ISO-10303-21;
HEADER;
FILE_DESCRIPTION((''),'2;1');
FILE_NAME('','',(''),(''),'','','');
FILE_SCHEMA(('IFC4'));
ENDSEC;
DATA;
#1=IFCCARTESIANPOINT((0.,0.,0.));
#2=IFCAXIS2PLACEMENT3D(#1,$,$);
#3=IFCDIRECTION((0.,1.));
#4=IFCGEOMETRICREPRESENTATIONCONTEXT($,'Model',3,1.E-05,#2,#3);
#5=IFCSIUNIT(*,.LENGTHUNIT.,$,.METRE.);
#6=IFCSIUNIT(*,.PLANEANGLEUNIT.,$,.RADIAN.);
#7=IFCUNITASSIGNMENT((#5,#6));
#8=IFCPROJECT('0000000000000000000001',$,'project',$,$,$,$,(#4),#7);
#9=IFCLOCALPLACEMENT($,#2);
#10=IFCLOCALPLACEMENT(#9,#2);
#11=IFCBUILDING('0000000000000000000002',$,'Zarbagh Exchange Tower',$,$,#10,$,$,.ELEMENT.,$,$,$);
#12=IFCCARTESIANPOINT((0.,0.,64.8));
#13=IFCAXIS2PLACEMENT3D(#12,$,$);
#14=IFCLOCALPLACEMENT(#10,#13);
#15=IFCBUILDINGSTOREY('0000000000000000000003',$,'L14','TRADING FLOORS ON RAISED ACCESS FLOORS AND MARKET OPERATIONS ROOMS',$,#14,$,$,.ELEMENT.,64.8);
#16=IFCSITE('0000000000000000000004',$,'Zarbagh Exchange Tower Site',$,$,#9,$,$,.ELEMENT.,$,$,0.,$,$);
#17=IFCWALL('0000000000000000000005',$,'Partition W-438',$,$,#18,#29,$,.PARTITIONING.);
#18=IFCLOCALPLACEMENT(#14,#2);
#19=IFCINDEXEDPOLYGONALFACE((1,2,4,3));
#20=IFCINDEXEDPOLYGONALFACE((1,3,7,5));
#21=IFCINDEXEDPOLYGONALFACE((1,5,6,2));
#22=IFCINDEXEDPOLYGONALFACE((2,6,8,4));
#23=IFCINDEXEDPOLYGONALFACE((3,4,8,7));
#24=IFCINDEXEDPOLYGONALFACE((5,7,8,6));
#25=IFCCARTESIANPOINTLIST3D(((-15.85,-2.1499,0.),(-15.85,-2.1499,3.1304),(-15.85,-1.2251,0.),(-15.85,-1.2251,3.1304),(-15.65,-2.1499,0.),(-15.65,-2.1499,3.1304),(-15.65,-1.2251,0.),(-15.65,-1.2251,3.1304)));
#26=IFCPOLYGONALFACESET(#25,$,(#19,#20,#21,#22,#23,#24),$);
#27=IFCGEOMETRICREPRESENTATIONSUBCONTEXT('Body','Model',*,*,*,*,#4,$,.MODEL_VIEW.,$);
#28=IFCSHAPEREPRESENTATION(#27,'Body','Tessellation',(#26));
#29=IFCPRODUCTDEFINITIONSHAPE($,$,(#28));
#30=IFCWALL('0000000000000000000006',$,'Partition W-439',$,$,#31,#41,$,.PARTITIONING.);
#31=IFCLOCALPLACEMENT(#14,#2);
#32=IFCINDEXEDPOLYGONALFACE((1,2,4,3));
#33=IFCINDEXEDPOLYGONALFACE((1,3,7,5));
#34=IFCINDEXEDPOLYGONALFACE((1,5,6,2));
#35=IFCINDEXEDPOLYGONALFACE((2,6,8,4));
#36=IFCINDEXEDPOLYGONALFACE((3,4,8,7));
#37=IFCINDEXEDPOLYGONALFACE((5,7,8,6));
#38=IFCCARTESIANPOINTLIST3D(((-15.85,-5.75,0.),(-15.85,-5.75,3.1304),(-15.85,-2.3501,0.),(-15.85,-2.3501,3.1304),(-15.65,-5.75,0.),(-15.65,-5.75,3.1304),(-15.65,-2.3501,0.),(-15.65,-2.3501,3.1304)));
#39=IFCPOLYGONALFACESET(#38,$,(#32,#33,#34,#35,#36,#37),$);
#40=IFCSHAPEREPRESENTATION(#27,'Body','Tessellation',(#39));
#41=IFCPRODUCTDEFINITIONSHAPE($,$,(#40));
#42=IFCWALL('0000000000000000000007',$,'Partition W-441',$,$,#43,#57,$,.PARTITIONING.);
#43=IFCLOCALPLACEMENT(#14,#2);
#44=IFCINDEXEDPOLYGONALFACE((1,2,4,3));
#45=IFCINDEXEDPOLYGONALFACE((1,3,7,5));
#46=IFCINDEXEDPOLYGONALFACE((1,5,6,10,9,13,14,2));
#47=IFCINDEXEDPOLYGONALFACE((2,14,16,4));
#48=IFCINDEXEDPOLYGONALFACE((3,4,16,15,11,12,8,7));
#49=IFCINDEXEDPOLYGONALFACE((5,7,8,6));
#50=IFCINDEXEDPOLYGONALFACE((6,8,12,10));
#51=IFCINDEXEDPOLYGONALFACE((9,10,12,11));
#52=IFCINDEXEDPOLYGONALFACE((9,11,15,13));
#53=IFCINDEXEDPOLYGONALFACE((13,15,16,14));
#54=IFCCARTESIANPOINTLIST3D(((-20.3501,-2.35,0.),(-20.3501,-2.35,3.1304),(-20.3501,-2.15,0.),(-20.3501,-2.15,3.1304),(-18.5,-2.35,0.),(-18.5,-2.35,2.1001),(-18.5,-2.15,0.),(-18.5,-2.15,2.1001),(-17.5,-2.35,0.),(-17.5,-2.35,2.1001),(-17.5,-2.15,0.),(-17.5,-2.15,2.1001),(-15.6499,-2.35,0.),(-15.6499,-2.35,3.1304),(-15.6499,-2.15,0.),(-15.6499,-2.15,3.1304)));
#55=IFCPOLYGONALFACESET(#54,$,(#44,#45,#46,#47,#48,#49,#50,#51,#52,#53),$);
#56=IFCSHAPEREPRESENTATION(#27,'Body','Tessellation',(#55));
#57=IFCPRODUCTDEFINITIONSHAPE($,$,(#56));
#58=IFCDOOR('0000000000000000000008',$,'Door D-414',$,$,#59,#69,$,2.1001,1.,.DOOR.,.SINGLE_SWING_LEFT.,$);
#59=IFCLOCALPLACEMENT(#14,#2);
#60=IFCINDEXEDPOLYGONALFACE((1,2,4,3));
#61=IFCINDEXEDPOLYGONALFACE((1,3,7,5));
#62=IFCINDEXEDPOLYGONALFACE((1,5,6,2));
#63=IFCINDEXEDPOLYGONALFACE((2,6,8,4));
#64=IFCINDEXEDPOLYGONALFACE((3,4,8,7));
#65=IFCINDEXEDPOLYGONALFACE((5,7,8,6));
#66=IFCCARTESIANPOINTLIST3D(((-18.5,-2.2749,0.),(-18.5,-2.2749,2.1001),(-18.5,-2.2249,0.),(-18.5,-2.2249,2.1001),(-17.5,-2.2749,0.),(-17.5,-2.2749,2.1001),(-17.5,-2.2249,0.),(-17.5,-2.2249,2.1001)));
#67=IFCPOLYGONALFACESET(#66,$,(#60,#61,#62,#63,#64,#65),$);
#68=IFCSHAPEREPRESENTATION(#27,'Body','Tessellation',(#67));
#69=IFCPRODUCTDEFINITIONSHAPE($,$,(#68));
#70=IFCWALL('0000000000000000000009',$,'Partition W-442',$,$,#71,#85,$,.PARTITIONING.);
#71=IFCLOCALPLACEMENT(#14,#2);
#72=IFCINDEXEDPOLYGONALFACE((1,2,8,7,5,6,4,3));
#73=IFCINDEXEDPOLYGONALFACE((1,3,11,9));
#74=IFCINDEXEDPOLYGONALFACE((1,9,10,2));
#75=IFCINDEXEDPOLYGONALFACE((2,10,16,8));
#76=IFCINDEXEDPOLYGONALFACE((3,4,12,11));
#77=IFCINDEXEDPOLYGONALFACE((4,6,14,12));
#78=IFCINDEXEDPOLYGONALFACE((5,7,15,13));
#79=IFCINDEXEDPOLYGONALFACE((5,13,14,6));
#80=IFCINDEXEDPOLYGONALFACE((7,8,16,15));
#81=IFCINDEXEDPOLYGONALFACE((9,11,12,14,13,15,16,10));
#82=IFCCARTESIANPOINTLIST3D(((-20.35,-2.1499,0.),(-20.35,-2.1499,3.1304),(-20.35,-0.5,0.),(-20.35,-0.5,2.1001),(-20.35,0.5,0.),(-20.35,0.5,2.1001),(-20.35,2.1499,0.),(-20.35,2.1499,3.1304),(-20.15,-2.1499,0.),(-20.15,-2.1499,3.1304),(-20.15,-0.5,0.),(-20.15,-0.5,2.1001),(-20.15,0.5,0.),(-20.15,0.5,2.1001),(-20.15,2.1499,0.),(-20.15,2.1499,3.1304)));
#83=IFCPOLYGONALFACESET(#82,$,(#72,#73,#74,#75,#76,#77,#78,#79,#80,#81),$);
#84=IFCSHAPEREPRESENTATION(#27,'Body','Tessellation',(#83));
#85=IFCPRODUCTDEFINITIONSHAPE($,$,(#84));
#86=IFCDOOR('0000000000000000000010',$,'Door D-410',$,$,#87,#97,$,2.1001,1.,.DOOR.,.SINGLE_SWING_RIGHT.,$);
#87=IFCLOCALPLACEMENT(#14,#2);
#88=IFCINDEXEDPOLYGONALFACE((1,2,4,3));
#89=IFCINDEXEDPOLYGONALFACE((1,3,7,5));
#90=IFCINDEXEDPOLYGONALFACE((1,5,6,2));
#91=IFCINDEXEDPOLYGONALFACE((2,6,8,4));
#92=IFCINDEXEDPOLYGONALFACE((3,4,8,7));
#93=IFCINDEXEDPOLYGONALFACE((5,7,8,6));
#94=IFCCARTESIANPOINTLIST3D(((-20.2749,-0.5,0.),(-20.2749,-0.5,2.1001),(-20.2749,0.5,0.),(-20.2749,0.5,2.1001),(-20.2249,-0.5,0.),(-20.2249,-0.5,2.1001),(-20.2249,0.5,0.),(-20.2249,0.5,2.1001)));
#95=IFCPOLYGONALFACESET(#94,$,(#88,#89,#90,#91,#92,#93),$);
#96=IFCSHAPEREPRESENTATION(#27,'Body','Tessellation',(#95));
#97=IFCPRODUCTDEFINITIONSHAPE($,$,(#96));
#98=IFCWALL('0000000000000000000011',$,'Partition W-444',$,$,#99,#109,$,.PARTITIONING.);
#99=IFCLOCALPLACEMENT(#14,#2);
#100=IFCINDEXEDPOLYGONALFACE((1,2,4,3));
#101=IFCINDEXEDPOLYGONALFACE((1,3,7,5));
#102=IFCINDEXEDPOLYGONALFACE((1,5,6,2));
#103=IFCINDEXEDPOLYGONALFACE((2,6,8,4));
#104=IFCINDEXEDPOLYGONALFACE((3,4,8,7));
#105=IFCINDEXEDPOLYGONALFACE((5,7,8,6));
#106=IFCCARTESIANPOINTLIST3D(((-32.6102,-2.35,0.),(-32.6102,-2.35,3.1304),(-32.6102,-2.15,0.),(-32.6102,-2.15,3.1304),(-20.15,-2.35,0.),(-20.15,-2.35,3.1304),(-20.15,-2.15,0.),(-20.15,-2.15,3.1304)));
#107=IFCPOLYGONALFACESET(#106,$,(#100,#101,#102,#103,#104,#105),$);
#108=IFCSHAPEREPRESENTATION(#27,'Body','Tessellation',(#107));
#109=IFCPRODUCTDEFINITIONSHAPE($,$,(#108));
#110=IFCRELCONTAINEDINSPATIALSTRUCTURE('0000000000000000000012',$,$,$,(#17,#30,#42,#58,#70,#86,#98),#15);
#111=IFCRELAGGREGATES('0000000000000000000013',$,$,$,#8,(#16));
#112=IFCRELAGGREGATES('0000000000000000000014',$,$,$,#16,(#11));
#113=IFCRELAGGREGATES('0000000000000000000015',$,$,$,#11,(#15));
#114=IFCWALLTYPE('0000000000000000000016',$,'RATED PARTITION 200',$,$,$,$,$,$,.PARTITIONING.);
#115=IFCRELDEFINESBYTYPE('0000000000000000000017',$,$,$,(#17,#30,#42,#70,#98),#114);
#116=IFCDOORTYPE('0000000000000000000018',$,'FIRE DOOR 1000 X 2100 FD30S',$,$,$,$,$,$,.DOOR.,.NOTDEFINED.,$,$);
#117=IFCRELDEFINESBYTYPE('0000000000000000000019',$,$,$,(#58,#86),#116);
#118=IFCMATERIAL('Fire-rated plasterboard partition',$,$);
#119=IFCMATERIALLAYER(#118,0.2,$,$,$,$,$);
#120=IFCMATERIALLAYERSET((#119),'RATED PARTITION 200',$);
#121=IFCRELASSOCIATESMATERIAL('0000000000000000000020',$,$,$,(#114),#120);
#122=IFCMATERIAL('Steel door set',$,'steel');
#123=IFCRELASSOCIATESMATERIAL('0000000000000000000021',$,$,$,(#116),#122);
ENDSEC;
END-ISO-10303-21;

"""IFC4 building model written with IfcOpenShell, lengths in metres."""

from ifc_helpers import new_model, si_unit, direction, frame, frame_2d, origin, place, context, subcontext, project, spatial, rectangle, extrude, material, layer, layer_set, type_object, element, fill, save


model = new_model("IFC4")

# Units and contexts
model_context = context("Model", 3, precision=1e-05, world=origin(), true_north=direction((0.0, 1.0)))
body_context = subcontext(model_context, "Body", "Model", "MODEL_VIEW")
ifc_project = project(units=[si_unit("LENGTHUNIT", "METRE"), si_unit("PLANEANGLEUNIT", "RADIAN")], contexts=[model_context])

# Site, building, storey
site_placement = place(None, origin())
site = spatial("IfcSite", under=ifc_project, at=site_placement, Name="Zarbagh Exchange Tower Site", CompositionType="ELEMENT", RefElevation=0.0)
building_placement = place(site_placement, origin())
building = spatial("IfcBuilding", under=site, at=building_placement, Name="Zarbagh Exchange Tower", CompositionType="ELEMENT")
storey_placement = place(building_placement, frame((0.0, 0.0, 64.8)))
storey = spatial("IfcBuildingStorey", under=building, at=storey_placement, Name="L14", Description="TRADING FLOORS ON RAISED ACCESS FLOORS AND MARKET OPERATIONS ROOMS", CompositionType="ELEMENT", Elevation=64.8)

# Shared definitions
ifc_material_1 = material(Name="Fire-rated plasterboard partition")
ifc_layer = layer(ifc_material_1, 0.2)
ifc_layer_set = layer_set([ifc_layer], Name="RATED PARTITION 200")
wall_type = type_object("IfcWallType", Name="RATED PARTITION 200", PredefinedType="PARTITIONING", material=ifc_layer_set)
ifc_material_2 = material(Name="Steel door set", Category="steel")
door_type = type_object("IfcDoorType", Name="FIRE DOOR 1000 X 2100 FD30S", OperationType="NOTDEFINED", PredefinedType="DOOR", material=ifc_material_2)

# Walls
wall_1_placement = place(storey_placement, frame((-15.75, -2.1499, 0.0), z_axis=(0.0, 0.0, 1.0), x_axis=(0.0, 1.0, 0.0)))
element("IfcWall", 1, at=wall_1_placement, inside=storey, type_object=wall_type, Name="Partition W-438", PredefinedType="PARTITIONING", context=body_context, shape_type="SweptSolid", body=[
    extrude(rectangle(XDim=0.9248, YDim=0.2, at=frame_2d((0.4624, 0.0))), origin(), (0.0, 0.0, 1.0), 3.1304),
])
wall_2_placement = place(storey_placement, frame((-15.75, -5.75, 0.0), z_axis=(0.0, 0.0, 1.0), x_axis=(0.0, 1.0, 0.0)))
element("IfcWall", 2, at=wall_2_placement, inside=storey, type_object=wall_type, Name="Partition W-439", PredefinedType="PARTITIONING", context=body_context, shape_type="SweptSolid", body=[
    extrude(rectangle(XDim=3.3999, YDim=0.2, at=frame_2d((1.7, 0.0))), origin(), (0.0, 0.0, 1.0), 3.1304),
])

# Walls, openings, doors
wall_3_placement = place(storey_placement, frame((-15.6499, -2.25, 0.0), z_axis=(0.0, 0.0, 1.0), x_axis=(-1.0, 0.0, 0.0)))
wall_3 = element("IfcWall", 3, at=wall_3_placement, inside=storey, type_object=wall_type, Name="Partition W-441", PredefinedType="PARTITIONING", context=body_context, shape_type="SweptSolid", body=[
    extrude(rectangle(XDim=4.7002, YDim=0.2, at=frame_2d((2.3501, 0.0))), origin(), (0.0, 0.0, 1.0), 3.1304),
])
opening_1_placement = place(wall_3_placement, frame((1.8501, 0.0, 0.0)))
opening_1 = element("IfcOpeningElement", 4, at=opening_1_placement, cuts=wall_3, PredefinedType="OPENING", context=body_context, shape_type="SweptSolid", body=[
    extrude(rectangle(XDim=1.0, YDim=2.1001, at=frame_2d((0.5, 1.05))), frame((0.0, 0.1099, 0.0), z_axis=(0.0, -1.0, 0.0), x_axis=(1.0, 0.0, 0.0)), (0.0, 0.0, 1.0), 0.22),
])
door_1_placement = place(opening_1_placement, origin())
door_1 = element("IfcDoor", 5, at=door_1_placement, inside=storey, type_object=door_type, Name="Door D-414", OperationType="SINGLE_SWING_LEFT", OverallHeight=2.1001, OverallWidth=1.0, PredefinedType="DOOR", context=body_context, shape_type="SweptSolid", body=[
    extrude(rectangle(XDim=1.0, YDim=2.1001, at=frame_2d((0.5, 1.05))), frame((0.0, 0.0249, 0.0), z_axis=(0.0, -1.0, 0.0), x_axis=(1.0, 0.0, 0.0)), (0.0, 0.0, 1.0), 0.05),
])
fill(opening_1, door_1)
wall_4_placement = place(storey_placement, frame((-20.25, -2.1499, 0.0), z_axis=(0.0, 0.0, 1.0), x_axis=(0.0, 1.0, 0.0)))
wall_4 = element("IfcWall", 6, at=wall_4_placement, inside=storey, type_object=wall_type, Name="Partition W-442", PredefinedType="PARTITIONING", context=body_context, shape_type="SweptSolid", body=[
    extrude(rectangle(XDim=4.2998, YDim=0.2, at=frame_2d((2.1499, 0.0))), origin(), (0.0, 0.0, 1.0), 3.1304),
])
opening_2_placement = place(wall_4_placement, frame((1.6499, 0.0, 0.0)))
opening_2 = element("IfcOpeningElement", 7, at=opening_2_placement, cuts=wall_4, PredefinedType="OPENING", context=body_context, shape_type="SweptSolid", body=[
    extrude(rectangle(XDim=1.0, YDim=2.1001, at=frame_2d((0.5, 1.05))), frame((0.0, 0.1099, 0.0), z_axis=(0.0, -1.0, 0.0), x_axis=(1.0, 0.0, 0.0)), (0.0, 0.0, 1.0), 0.22),
])
door_2_placement = place(opening_2_placement, origin())
door_2 = element("IfcDoor", 8, at=door_2_placement, inside=storey, type_object=door_type, Name="Door D-410", OperationType="SINGLE_SWING_RIGHT", OverallHeight=2.1001, OverallWidth=1.0, PredefinedType="DOOR", context=body_context, shape_type="SweptSolid", body=[
    extrude(rectangle(XDim=1.0, YDim=2.1001, at=frame_2d((0.5, 1.05))), frame((0.0, 0.0249, 0.0), z_axis=(0.0, -1.0, 0.0), x_axis=(1.0, 0.0, 0.0)), (0.0, 0.0, 1.0), 0.05),
])
fill(opening_2, door_2)

# Wall
wall_5_placement = place(storey_placement, frame((-32.6101, -2.25, 0.0), z_axis=(0.0, 0.0, 1.0), x_axis=(1.0, 0.0, 0.0)))
element("IfcWall", 9, at=wall_5_placement, inside=storey, type_object=wall_type, Name="Partition W-444", PredefinedType="PARTITIONING", context=body_context, shape_type="SweptSolid", body=[
    extrude(rectangle(XDim=12.4602, YDim=0.2, at=frame_2d((6.23, 0.0))), origin(), (0.0, 0.0, 1.0), 3.1304),
])

save(model, "model.ifc")
